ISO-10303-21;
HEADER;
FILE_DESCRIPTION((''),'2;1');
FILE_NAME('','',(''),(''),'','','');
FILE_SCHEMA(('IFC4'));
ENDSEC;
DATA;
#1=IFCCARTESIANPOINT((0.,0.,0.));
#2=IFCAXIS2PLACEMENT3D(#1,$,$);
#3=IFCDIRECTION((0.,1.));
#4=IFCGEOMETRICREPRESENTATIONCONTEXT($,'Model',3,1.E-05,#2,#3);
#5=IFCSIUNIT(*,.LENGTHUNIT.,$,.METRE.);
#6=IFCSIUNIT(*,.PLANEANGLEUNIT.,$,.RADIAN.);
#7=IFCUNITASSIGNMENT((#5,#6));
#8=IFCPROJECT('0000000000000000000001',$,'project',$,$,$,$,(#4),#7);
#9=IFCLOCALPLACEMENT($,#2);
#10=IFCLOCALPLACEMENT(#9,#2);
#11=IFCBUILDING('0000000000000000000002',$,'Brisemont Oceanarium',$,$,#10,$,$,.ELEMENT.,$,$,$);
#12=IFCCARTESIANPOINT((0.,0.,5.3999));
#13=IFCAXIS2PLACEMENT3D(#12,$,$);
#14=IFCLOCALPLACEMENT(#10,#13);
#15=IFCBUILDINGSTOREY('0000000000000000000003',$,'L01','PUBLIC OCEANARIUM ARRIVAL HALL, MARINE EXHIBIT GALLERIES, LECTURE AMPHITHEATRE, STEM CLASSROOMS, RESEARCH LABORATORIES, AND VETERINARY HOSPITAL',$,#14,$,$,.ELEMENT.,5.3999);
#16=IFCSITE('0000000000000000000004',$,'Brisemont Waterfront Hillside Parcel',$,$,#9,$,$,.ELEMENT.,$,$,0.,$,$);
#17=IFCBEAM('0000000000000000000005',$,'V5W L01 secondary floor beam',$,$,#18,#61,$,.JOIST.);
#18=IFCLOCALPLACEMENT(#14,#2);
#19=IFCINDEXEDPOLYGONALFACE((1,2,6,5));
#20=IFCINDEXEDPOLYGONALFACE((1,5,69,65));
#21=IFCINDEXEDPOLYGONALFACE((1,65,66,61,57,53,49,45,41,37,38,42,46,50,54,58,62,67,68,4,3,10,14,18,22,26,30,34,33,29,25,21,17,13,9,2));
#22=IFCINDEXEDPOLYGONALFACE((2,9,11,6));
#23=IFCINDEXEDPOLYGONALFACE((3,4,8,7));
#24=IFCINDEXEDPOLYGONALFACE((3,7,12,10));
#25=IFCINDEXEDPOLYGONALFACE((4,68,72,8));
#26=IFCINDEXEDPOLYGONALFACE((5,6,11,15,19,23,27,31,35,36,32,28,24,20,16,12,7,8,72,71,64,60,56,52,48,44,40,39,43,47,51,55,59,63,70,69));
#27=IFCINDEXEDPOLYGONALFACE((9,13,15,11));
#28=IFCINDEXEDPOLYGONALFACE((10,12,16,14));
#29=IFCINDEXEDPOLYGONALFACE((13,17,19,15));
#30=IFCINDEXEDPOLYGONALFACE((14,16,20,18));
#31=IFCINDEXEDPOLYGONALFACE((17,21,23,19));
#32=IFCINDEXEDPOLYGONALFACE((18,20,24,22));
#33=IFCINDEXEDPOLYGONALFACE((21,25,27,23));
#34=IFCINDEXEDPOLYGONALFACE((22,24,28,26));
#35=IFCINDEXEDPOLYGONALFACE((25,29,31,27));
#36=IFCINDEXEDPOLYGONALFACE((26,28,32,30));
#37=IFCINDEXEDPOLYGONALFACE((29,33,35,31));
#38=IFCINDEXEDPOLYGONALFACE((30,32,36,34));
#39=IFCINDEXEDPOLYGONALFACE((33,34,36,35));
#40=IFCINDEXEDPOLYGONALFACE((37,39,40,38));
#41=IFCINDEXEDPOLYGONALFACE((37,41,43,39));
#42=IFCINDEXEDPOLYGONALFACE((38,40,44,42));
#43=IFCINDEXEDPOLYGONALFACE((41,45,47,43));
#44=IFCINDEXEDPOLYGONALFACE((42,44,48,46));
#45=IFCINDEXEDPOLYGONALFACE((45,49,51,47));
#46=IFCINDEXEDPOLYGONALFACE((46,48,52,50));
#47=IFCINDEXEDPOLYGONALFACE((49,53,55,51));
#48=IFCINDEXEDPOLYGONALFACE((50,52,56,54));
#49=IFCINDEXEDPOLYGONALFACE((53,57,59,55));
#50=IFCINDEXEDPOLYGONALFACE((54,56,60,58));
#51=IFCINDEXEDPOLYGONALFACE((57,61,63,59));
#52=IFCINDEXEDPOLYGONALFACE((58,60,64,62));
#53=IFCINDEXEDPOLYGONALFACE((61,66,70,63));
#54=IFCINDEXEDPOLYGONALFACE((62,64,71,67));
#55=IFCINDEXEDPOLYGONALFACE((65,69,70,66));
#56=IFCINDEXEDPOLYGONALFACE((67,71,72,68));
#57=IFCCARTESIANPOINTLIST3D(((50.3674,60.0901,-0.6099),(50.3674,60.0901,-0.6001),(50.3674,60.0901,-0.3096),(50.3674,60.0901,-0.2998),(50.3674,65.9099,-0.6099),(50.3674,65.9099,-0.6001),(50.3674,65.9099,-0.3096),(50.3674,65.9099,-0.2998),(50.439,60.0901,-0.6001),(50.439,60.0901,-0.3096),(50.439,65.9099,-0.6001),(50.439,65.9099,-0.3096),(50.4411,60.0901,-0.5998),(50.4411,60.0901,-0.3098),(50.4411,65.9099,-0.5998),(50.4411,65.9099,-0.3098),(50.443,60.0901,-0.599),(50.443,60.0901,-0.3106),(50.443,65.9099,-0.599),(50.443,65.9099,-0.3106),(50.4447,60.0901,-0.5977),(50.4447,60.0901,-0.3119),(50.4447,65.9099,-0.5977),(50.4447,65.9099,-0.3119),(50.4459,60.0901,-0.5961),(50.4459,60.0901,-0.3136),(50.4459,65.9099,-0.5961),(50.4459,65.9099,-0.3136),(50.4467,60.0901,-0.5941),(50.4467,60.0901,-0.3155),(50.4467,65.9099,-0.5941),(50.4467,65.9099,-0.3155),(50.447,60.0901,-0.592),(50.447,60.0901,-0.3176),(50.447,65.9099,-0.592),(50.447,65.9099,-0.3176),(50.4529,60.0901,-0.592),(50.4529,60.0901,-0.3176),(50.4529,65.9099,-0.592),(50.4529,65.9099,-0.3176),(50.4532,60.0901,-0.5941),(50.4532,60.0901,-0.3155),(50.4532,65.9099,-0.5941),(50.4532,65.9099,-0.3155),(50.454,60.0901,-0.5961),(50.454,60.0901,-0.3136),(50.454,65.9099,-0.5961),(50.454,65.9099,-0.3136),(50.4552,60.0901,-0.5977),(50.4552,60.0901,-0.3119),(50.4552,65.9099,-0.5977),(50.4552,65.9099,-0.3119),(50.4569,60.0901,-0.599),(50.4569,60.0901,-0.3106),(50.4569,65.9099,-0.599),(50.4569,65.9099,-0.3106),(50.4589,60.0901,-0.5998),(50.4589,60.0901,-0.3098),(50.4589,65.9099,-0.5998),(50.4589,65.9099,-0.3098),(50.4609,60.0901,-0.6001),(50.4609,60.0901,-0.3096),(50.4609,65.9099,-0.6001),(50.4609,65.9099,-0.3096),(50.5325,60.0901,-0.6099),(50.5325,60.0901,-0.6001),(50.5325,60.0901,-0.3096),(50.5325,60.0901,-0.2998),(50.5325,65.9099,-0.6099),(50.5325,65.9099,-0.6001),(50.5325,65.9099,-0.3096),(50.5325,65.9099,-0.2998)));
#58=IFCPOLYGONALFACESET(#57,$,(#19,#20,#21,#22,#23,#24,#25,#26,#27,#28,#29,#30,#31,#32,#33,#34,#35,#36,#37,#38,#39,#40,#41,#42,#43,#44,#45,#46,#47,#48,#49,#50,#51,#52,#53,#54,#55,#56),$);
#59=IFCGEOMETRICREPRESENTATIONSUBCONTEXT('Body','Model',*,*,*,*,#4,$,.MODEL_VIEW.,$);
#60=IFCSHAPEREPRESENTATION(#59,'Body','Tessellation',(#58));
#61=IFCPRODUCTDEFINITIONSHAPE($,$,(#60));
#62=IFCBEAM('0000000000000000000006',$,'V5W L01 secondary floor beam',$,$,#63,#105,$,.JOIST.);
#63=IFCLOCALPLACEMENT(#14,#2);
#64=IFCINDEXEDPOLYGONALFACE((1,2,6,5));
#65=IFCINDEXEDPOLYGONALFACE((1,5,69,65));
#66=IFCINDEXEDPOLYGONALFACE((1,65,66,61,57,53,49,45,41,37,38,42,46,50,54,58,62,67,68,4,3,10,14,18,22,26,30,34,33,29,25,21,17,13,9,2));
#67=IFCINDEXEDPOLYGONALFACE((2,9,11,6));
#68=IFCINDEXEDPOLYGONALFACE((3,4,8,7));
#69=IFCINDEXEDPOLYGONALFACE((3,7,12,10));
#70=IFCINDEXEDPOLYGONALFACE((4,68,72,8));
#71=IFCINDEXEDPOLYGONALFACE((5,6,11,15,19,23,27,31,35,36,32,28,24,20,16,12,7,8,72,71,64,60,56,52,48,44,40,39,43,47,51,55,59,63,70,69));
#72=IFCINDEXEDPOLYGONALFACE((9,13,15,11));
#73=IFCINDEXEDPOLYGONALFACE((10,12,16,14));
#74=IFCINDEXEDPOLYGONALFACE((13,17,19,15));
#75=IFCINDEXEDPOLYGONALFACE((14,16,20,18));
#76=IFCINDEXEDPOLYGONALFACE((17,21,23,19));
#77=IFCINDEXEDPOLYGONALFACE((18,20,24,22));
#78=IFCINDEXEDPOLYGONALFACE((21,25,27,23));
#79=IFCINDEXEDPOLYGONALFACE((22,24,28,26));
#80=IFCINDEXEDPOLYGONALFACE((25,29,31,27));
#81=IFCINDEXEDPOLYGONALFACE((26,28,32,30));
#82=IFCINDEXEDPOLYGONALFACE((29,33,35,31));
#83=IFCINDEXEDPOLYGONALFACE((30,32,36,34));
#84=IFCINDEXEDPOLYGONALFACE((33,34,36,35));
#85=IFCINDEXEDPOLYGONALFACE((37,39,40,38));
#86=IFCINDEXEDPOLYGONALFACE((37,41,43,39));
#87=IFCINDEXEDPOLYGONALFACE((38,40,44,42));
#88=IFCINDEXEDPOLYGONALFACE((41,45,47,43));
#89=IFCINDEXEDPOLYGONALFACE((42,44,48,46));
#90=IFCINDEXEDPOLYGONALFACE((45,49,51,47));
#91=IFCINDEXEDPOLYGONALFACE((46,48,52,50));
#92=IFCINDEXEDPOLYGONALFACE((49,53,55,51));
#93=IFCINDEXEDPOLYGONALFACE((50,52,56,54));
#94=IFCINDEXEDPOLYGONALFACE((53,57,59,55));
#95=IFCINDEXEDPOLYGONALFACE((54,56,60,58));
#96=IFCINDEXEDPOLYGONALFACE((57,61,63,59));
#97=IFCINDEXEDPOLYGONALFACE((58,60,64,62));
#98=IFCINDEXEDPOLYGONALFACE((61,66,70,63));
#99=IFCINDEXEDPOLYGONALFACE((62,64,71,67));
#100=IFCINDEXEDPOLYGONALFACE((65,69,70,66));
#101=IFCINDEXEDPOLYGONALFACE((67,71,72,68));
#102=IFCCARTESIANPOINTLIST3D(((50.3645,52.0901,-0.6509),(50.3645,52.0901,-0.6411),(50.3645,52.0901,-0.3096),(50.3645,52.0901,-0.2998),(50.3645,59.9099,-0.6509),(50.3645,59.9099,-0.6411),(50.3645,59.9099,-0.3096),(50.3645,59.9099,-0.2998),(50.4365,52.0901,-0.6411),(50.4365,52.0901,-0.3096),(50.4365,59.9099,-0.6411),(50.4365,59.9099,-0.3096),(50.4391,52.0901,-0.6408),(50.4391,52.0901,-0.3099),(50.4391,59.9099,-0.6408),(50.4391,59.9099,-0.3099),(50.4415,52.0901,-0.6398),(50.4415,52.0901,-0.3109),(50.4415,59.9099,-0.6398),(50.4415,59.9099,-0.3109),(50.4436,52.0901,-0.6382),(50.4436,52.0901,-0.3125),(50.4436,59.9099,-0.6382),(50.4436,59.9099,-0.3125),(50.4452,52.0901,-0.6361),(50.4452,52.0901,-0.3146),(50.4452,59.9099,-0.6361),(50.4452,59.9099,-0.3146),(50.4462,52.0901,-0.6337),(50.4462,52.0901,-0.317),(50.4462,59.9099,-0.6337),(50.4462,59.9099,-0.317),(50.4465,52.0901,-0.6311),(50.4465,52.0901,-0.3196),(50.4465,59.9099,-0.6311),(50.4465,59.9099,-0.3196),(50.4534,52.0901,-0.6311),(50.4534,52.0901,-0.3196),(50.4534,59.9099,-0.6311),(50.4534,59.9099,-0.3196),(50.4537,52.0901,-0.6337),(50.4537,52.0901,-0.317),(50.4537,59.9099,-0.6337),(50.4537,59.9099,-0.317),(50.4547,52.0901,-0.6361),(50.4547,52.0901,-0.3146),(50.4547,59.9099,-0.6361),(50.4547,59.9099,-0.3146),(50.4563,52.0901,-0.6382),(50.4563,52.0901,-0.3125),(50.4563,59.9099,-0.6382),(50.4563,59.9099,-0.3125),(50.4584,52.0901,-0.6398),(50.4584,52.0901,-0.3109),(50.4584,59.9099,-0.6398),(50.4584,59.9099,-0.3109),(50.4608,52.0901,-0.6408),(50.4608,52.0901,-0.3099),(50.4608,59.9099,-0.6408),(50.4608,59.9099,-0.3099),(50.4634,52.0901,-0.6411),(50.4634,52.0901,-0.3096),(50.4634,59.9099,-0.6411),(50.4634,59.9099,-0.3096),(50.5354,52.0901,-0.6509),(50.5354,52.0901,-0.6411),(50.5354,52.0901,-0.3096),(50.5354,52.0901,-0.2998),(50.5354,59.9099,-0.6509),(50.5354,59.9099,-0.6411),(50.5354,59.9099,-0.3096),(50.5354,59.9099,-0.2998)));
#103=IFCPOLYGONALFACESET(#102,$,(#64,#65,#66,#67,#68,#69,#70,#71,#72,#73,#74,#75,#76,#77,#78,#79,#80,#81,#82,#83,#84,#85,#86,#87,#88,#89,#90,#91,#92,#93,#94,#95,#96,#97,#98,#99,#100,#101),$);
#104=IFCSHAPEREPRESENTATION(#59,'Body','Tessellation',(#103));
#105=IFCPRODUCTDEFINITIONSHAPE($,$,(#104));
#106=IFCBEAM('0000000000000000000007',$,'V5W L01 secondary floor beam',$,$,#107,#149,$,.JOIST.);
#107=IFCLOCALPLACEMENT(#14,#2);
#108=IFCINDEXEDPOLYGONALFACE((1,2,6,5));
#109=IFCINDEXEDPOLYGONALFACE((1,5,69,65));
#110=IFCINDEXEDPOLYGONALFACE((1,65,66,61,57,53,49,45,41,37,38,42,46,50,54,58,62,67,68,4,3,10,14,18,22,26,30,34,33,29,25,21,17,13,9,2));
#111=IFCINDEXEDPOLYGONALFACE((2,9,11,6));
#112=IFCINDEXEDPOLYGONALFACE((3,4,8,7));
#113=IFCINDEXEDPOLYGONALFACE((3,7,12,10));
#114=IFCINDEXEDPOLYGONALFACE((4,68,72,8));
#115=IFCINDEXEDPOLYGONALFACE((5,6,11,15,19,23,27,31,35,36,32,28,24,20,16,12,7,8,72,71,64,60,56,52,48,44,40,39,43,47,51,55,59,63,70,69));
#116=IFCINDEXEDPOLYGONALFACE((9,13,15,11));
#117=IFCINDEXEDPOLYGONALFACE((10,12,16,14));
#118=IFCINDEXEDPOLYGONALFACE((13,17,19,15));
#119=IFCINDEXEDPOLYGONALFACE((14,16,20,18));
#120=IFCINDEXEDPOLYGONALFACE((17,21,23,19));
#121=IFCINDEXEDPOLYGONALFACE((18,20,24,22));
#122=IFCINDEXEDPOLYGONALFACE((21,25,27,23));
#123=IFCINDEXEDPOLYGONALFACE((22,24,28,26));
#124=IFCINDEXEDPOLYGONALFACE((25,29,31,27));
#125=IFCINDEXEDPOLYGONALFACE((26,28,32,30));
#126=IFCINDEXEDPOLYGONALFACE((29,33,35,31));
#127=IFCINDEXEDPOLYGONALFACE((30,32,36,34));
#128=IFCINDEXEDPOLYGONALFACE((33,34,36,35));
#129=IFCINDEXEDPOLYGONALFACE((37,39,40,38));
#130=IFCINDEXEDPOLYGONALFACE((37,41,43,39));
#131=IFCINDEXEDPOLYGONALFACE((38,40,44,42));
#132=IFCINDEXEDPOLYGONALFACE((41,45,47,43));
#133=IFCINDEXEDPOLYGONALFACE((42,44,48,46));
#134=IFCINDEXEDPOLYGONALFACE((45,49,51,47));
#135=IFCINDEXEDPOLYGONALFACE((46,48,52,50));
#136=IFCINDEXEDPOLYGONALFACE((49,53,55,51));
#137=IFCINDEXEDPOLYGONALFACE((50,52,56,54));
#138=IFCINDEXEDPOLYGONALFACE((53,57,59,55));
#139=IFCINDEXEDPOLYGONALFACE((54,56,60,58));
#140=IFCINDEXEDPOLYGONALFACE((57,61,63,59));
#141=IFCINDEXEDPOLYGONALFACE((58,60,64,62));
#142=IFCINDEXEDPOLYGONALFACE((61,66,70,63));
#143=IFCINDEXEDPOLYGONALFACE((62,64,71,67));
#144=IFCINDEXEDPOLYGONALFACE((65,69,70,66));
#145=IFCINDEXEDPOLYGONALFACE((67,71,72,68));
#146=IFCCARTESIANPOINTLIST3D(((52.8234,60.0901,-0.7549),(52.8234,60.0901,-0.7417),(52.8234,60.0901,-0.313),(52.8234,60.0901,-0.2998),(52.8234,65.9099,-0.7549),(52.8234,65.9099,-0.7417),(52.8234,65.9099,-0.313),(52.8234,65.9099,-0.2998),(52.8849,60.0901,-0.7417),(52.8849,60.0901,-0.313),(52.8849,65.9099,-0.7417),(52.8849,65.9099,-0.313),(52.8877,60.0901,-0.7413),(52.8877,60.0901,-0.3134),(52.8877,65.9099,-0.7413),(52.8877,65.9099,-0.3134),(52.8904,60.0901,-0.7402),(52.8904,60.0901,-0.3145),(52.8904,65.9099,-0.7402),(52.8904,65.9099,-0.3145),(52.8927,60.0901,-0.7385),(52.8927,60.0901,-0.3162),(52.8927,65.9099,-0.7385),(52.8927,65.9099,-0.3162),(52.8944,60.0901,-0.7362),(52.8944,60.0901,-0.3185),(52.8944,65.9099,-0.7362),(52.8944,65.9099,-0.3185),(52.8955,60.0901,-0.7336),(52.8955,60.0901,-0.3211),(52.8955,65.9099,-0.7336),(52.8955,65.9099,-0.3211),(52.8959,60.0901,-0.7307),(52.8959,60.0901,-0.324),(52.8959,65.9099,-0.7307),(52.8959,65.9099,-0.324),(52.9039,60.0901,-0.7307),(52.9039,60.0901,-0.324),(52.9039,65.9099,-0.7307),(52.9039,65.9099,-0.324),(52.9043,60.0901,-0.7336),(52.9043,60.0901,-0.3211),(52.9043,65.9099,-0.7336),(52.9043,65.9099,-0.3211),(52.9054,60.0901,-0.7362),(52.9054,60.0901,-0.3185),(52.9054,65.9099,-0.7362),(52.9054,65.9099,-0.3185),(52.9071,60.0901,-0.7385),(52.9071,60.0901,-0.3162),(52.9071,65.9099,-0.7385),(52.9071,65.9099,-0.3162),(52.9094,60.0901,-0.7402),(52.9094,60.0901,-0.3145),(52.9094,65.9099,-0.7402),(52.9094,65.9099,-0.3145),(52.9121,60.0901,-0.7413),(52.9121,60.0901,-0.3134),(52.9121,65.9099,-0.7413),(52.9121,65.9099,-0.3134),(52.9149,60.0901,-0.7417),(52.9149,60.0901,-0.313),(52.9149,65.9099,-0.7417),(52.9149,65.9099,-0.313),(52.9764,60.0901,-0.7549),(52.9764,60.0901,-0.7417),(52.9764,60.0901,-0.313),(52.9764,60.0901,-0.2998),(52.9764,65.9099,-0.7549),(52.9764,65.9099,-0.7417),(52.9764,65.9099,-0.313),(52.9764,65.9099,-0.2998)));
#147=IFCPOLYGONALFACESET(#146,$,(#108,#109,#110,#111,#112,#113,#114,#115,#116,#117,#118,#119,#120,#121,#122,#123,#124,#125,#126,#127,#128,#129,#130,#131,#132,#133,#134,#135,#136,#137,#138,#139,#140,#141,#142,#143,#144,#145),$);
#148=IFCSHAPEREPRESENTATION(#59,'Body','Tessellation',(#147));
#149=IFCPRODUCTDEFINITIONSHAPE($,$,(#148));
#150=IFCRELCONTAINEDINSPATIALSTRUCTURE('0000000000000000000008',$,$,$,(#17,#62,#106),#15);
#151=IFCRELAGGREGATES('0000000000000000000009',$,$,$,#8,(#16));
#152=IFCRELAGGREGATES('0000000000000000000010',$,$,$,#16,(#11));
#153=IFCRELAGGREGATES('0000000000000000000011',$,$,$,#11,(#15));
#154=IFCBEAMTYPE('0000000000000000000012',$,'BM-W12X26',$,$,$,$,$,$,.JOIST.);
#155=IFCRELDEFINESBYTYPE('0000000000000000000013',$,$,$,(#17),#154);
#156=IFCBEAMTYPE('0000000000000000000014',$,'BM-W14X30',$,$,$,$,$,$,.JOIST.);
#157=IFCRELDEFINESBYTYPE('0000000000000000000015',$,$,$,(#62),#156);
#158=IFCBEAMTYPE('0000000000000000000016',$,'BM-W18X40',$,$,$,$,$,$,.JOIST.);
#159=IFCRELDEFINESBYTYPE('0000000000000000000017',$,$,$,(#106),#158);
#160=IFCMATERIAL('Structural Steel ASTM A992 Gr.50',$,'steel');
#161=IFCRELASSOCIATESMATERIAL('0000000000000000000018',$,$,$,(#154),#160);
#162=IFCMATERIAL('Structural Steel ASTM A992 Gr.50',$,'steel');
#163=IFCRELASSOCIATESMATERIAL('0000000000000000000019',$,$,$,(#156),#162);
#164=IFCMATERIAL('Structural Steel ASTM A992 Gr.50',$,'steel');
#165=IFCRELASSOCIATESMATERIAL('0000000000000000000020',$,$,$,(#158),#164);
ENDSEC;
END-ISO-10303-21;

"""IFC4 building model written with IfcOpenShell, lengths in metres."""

from ifc_helpers import new_model, si_unit, direction, frame, origin, origin_2d, place, context, subcontext, project, spatial, i_section, extrude, material, material_profile, profile_set, type_object, element, save


model = new_model("IFC4")

# Units and contexts
model_context = context("Model", 3, precision=1e-05, world=origin(), true_north=direction((0.0, 1.0)))
body_context = subcontext(model_context, "Body", "Model", "MODEL_VIEW")
ifc_project = project(units=[si_unit("LENGTHUNIT", "METRE"), si_unit("PLANEANGLEUNIT", "RADIAN")], contexts=[model_context])

# Site, building, storey
site_placement = place(None, origin())
site = spatial("IfcSite", under=ifc_project, at=site_placement, Name="Brisemont Waterfront Hillside Parcel", CompositionType="ELEMENT", RefElevation=0.0)
building_placement = place(site_placement, origin())
building = spatial("IfcBuilding", under=site, at=building_placement, Name="Brisemont Oceanarium", CompositionType="ELEMENT")
storey_placement = place(building_placement, frame((0.0, 0.0, 5.3999)))
storey = spatial("IfcBuildingStorey", under=building, at=storey_placement, Name="L01", Description="PUBLIC OCEANARIUM ARRIVAL HALL, MARINE EXHIBIT GALLERIES, LECTURE AMPHITHEATRE, STEM CLASSROOMS, RESEARCH LABORATORIES, AND VETERINARY HOSPITAL", CompositionType="ELEMENT", Elevation=5.3999)

# Beams
ifc_material_1 = material(Name="Structural Steel ASTM A992 Gr.50", Category="steel")
ifc_material_profile_1 = material_profile(ifc_material_1, i_section(OverallWidth=0.165, OverallDepth=0.3101, WebThickness=0.0059, FlangeThickness=0.0098, FilletRadius=0.0081, at=origin_2d()), Name="W12X26")
ifc_profile_set_1 = profile_set([ifc_material_profile_1], Name="Structural Steel ASTM A992 Gr.50")
beam_type_1 = type_object("IfcBeamType", Name="BM-W12X26", PredefinedType="JOIST", material=ifc_profile_set_1)
beam_1_placement = place(storey_placement, frame((50.45, 60.0901, -0.4548), z_axis=(0.0, 1.0, 0.0), x_axis=(-1.0, 0.0, 0.0)))
element("IfcBeam", 1, at=beam_1_placement, inside=storey, type_object=beam_type_1, Name="V5W L01 secondary floor beam", PredefinedType="JOIST", context=body_context, shape_type="SweptSolid", body=[
    extrude(i_section(OverallWidth=0.165, OverallDepth=0.3101, WebThickness=0.0059, FlangeThickness=0.0098, FilletRadius=0.0081, at=origin_2d()), origin(), (0.0, 0.0, 1.0), 5.8198),
])
ifc_material_2 = material(Name="Structural Steel ASTM A992 Gr.50", Category="steel")
ifc_material_profile_2 = material_profile(ifc_material_2, i_section(OverallWidth=0.1709, OverallDepth=0.3511, WebThickness=0.0068, FlangeThickness=0.0098, FilletRadius=0.01, at=origin_2d()), Name="W14X30")
ifc_profile_set_2 = profile_set([ifc_material_profile_2], Name="Structural Steel ASTM A992 Gr.50")
beam_type_2 = type_object("IfcBeamType", Name="BM-W14X30", PredefinedType="JOIST", material=ifc_profile_set_2)
beam_2_placement = place(storey_placement, frame((50.45, 52.0901, -0.4753), z_axis=(0.0, 1.0, 0.0), x_axis=(-1.0, 0.0, 0.0)))
element("IfcBeam", 2, at=beam_2_placement, inside=storey, type_object=beam_type_2, Name="V5W L01 secondary floor beam", PredefinedType="JOIST", context=body_context, shape_type="SweptSolid", body=[
    extrude(i_section(OverallWidth=0.1709, OverallDepth=0.3511, WebThickness=0.0068, FlangeThickness=0.0098, FilletRadius=0.01, at=origin_2d()), origin(), (0.0, 0.0, 1.0), 7.8198),
])
ifc_material_3 = material(Name="Structural Steel ASTM A992 Gr.50", Category="steel")
ifc_material_profile_3 = material_profile(ifc_material_3, i_section(OverallWidth=0.1531, OverallDepth=0.4551, WebThickness=0.0081, FlangeThickness=0.0132, FilletRadius=0.011, at=origin_2d()), Name="W18X40")
ifc_profile_set_3 = profile_set([ifc_material_profile_3], Name="Structural Steel ASTM A992 Gr.50")
beam_type_3 = type_object("IfcBeamType", Name="BM-W18X40", PredefinedType="JOIST", material=ifc_profile_set_3)
beam_3_placement = place(storey_placement, frame((52.8999, 60.0901, -0.5273), z_axis=(0.0, 1.0, 0.0), x_axis=(-1.0, 0.0, 0.0)))
element("IfcBeam", 3, at=beam_3_placement, inside=storey, type_object=beam_type_3, Name="V5W L01 secondary floor beam", PredefinedType="JOIST", context=body_context, shape_type="SweptSolid", body=[
    extrude(i_section(OverallWidth=0.1531, OverallDepth=0.4551, WebThickness=0.0081, FlangeThickness=0.0132, FilletRadius=0.011, at=origin_2d()), origin(), (0.0, 0.0, 1.0), 5.8198),
])

save(model, "model.ifc")
